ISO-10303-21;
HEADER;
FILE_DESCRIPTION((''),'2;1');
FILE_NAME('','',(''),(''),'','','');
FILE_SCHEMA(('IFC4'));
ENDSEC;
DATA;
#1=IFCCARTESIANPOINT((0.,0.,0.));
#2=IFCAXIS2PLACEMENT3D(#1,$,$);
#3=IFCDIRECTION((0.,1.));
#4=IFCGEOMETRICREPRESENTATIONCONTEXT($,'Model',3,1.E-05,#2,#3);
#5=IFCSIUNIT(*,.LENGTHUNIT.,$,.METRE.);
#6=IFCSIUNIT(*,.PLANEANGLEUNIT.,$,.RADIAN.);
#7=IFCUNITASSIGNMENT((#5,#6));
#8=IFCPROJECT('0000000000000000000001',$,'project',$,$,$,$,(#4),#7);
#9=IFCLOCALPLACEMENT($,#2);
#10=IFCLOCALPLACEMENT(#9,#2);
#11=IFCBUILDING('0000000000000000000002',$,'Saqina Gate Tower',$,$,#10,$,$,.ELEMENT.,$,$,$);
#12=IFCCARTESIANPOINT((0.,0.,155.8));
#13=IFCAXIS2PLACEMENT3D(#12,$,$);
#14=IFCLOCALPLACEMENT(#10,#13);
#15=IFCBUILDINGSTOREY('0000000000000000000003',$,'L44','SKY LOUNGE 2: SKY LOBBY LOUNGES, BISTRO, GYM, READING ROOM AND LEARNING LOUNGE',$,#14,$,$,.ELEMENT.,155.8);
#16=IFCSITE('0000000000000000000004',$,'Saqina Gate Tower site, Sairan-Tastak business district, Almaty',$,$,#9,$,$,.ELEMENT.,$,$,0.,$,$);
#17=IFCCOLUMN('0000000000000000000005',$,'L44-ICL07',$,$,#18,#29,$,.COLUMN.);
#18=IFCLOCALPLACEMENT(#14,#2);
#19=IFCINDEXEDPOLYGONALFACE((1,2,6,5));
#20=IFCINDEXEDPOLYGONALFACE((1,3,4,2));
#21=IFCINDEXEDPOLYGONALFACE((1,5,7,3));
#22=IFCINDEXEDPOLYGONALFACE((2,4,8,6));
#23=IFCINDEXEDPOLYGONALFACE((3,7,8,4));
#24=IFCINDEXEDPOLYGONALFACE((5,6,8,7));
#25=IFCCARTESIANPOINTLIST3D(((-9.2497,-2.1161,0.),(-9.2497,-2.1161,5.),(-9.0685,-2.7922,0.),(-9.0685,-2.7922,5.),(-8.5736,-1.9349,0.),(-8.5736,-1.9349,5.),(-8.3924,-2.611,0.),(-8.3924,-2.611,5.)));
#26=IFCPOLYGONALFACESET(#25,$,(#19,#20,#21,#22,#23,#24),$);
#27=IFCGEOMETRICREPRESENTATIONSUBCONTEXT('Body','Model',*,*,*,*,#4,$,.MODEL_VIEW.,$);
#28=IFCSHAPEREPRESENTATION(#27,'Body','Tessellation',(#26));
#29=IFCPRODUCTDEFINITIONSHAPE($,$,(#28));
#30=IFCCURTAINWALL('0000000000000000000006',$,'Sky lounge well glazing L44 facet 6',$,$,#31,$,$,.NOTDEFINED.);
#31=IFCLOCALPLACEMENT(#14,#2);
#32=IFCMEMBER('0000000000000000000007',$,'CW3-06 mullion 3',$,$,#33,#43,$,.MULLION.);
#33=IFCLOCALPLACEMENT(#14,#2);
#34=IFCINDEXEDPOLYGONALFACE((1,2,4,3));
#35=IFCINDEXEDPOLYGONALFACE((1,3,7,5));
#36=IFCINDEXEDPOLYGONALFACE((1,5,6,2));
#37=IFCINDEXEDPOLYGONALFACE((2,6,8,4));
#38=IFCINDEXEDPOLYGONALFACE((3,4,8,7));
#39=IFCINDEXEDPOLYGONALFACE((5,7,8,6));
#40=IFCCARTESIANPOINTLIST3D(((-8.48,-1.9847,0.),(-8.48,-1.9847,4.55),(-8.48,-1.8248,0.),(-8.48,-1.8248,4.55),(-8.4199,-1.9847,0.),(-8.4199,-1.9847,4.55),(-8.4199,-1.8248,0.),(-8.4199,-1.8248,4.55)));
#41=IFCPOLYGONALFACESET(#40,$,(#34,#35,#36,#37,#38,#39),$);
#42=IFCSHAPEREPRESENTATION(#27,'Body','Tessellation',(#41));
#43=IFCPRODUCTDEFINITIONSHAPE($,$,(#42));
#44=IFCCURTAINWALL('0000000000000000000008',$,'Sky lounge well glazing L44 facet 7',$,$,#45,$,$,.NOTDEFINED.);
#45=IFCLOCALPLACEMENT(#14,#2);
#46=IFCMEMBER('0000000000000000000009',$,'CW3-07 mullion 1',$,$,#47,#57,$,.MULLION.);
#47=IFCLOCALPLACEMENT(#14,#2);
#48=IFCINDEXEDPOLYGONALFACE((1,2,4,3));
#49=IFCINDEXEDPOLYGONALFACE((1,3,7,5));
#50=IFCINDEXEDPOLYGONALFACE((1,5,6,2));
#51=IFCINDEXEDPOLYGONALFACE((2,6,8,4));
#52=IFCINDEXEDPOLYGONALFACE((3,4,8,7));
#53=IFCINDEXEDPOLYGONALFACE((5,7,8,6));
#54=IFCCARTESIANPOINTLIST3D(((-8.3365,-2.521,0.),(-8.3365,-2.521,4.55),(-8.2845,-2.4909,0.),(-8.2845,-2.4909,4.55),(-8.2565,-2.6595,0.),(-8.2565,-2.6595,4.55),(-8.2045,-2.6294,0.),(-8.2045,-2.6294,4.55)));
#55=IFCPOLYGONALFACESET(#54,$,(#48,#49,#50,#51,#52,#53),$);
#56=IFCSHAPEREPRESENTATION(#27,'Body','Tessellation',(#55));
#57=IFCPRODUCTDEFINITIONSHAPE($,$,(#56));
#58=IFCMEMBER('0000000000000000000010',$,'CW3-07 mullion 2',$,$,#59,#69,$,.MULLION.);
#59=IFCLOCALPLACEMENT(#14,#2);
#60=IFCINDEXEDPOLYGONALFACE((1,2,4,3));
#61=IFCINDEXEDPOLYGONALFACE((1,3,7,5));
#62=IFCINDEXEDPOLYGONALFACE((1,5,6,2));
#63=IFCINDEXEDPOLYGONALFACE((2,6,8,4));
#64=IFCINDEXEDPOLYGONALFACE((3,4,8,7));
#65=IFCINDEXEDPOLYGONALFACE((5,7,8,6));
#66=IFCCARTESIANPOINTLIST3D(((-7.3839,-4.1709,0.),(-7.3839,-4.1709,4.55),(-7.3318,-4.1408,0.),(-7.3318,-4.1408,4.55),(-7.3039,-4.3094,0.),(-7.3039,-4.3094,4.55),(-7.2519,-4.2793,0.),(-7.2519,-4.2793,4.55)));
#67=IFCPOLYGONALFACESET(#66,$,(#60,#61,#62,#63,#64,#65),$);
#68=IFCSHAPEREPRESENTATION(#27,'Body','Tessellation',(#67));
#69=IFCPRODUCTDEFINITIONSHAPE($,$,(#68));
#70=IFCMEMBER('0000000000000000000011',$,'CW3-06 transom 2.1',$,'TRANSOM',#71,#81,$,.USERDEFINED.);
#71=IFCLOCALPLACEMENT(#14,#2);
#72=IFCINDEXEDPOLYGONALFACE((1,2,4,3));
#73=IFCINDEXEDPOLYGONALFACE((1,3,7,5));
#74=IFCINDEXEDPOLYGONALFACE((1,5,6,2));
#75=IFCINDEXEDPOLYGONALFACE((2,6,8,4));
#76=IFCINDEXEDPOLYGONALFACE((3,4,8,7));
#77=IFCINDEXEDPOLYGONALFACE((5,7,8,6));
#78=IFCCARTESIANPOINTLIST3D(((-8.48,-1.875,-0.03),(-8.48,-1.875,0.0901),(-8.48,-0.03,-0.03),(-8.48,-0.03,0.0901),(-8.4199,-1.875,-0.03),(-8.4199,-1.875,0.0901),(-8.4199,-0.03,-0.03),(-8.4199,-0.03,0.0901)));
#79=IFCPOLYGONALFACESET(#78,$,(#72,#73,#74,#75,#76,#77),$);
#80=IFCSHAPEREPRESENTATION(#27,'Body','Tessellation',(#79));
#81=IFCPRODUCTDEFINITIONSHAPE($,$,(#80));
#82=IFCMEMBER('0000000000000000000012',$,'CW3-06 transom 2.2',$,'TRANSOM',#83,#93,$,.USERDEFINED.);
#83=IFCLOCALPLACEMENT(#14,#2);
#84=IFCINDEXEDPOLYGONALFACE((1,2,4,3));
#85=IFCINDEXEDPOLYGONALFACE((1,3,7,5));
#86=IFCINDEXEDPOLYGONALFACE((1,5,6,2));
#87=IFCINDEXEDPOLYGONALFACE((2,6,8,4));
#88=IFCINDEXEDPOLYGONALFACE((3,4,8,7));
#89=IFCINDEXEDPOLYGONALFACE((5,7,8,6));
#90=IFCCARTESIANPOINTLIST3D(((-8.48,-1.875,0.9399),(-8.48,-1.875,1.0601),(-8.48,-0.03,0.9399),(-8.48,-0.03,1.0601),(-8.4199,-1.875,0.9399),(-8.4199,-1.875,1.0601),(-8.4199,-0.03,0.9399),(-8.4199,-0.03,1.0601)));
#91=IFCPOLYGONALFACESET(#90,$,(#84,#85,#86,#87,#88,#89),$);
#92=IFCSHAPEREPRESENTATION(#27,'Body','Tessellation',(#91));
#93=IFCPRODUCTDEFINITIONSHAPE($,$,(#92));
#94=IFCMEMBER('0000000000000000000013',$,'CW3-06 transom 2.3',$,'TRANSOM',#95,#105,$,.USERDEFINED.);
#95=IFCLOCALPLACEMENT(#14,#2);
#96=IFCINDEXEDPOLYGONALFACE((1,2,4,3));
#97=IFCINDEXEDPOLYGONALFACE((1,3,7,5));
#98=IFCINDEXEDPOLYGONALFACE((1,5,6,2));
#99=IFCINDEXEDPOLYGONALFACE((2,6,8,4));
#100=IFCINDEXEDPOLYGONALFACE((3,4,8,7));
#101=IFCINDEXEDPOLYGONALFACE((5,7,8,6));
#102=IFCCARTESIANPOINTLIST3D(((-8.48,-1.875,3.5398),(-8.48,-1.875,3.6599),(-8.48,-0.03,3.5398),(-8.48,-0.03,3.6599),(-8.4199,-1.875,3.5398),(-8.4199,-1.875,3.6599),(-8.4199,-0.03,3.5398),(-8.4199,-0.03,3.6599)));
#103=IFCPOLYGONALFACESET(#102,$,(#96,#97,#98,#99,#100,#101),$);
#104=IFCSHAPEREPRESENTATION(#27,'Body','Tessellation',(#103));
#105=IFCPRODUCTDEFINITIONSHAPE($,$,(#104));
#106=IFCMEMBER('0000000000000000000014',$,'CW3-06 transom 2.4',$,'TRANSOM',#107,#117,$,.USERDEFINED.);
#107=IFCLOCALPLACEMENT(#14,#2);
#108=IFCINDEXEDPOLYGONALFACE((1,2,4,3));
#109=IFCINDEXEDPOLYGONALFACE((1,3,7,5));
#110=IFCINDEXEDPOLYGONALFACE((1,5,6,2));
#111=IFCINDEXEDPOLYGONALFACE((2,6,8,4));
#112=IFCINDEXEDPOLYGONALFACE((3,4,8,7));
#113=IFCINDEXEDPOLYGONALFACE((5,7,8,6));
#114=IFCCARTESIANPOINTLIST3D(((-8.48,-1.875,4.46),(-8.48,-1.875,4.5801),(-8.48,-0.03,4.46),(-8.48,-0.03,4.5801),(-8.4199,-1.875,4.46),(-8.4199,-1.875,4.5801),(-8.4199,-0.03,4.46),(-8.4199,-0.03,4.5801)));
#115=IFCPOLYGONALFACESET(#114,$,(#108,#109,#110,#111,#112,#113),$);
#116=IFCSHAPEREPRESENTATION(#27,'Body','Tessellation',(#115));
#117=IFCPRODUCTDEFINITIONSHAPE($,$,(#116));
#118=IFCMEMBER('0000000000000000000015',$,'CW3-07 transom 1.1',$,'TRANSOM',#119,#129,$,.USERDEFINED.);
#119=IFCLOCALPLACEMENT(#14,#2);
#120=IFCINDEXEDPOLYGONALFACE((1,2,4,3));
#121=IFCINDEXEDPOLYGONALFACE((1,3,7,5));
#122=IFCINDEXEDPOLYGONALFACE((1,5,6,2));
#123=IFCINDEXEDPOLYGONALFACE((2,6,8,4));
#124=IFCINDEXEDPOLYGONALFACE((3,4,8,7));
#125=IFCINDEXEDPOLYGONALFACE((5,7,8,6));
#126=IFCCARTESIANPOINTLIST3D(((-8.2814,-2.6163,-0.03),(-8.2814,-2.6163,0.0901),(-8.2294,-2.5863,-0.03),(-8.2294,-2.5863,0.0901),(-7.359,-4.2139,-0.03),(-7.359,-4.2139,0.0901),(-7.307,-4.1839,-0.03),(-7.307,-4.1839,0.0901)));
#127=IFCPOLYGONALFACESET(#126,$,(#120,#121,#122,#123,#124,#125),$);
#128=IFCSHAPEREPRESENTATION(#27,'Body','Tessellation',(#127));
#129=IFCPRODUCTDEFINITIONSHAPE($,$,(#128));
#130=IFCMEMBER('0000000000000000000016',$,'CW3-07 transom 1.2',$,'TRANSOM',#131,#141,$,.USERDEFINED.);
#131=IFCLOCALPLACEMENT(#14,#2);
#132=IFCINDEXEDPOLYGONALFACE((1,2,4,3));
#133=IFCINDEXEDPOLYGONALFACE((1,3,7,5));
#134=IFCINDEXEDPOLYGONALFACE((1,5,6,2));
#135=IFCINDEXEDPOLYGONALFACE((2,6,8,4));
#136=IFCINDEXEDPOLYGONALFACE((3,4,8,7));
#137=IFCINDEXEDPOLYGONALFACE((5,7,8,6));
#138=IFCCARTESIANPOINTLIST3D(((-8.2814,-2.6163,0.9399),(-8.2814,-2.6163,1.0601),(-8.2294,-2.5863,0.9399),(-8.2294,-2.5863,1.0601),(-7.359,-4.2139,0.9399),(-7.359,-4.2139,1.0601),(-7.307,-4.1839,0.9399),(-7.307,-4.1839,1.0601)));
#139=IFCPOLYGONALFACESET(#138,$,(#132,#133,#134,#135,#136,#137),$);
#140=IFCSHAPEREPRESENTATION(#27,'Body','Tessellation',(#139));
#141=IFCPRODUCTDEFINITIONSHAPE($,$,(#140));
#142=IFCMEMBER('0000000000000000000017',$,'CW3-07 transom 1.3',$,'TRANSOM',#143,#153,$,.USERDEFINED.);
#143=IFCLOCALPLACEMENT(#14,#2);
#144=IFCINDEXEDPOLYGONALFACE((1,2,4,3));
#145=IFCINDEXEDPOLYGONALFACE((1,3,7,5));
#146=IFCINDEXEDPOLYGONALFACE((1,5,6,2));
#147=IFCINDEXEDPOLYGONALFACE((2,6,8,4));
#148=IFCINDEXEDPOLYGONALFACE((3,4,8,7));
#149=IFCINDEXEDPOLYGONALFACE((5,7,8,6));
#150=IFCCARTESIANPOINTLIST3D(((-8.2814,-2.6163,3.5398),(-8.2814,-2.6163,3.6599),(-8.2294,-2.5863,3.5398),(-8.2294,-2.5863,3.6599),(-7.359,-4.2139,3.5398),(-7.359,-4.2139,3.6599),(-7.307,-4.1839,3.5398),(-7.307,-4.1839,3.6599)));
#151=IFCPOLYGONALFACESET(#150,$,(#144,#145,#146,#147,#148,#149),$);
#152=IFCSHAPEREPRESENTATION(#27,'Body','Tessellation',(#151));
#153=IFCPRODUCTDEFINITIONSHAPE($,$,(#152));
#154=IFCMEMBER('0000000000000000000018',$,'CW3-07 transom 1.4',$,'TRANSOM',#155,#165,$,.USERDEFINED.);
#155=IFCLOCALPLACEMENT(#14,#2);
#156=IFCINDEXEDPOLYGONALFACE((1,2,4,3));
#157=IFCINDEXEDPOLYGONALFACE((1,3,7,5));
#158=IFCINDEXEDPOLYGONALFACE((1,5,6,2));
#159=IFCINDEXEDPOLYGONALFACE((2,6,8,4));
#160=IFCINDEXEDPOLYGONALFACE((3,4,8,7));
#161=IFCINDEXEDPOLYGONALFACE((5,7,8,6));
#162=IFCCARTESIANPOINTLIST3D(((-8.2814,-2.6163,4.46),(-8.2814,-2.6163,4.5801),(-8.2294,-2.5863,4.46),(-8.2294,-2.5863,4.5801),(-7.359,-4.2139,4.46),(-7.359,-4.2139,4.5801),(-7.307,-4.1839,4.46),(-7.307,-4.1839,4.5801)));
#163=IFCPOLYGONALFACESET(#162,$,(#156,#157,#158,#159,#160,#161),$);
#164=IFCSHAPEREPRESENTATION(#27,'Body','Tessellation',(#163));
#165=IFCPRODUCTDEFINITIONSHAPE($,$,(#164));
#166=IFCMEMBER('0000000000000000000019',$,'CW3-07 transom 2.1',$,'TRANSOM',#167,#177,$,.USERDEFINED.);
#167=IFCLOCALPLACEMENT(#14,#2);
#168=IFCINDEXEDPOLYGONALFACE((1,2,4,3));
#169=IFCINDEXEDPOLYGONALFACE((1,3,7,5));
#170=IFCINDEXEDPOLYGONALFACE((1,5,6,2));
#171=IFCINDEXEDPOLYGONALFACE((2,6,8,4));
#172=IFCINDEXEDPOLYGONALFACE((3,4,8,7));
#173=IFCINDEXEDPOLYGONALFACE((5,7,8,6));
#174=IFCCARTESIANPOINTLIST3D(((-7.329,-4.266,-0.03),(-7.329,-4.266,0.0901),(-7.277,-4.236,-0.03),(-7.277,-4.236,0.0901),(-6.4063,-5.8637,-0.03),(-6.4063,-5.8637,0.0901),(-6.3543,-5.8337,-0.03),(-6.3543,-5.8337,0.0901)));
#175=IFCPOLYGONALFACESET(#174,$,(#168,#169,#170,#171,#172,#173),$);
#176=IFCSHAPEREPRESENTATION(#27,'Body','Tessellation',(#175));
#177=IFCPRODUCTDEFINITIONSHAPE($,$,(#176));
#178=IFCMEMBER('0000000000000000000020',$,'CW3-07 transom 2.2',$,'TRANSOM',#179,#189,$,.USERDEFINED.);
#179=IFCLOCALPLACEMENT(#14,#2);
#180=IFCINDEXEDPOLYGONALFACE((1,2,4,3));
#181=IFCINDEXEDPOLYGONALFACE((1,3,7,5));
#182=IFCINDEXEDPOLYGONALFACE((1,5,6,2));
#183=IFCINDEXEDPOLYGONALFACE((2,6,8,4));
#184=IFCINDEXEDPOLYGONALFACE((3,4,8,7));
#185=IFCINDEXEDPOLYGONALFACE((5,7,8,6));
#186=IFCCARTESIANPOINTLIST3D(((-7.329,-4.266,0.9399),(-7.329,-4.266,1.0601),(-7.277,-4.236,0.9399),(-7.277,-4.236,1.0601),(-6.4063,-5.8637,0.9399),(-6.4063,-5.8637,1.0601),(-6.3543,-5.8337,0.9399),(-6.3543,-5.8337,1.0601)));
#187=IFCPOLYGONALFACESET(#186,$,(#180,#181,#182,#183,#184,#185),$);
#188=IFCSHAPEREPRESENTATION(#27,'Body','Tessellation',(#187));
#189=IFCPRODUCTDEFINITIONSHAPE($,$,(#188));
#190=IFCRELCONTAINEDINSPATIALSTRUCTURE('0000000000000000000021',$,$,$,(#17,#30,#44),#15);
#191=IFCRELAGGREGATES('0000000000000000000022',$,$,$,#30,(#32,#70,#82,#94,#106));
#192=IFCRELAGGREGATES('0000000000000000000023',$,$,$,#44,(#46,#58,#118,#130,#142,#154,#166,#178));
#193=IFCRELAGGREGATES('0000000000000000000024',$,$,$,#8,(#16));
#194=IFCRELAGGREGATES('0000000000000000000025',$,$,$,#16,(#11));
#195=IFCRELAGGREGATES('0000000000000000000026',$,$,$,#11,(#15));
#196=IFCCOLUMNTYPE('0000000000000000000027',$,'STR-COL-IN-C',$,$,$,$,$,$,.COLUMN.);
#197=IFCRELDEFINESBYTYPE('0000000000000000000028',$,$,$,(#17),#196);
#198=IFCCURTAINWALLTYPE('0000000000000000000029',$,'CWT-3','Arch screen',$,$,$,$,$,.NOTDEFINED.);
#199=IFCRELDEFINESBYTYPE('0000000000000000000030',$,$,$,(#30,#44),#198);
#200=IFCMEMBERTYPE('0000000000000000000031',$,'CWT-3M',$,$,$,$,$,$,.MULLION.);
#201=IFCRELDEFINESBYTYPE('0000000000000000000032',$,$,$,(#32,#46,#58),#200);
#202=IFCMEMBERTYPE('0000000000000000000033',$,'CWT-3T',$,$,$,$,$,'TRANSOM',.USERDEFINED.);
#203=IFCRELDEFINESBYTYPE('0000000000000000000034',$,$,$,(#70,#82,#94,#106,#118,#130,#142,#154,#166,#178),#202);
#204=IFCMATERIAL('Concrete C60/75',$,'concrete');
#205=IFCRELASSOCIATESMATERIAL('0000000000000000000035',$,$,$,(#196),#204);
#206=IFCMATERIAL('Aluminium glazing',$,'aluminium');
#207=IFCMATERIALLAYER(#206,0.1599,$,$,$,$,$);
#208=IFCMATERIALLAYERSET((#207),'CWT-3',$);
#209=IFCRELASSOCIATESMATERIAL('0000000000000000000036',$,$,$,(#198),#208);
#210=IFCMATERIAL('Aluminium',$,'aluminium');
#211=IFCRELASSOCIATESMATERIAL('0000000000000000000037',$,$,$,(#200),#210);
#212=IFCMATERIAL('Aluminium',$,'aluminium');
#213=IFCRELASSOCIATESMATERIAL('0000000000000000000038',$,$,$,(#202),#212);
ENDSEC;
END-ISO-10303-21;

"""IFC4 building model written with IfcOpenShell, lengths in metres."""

from ifc_helpers import new_model, si_unit, direction, frame, origin, origin_2d, place, context, subcontext, project, spatial, rectangle, extrude, material, layer, layer_set, material_profile, profile_set, type_object, element, aggregate, save


model = new_model("IFC4")

# Units and contexts
model_context = context("Model", 3, precision=1e-05, world=origin(), true_north=direction((0.0, 1.0)))
body_context = subcontext(model_context, "Body", "Model", "MODEL_VIEW")
ifc_project = project(units=[si_unit("LENGTHUNIT", "METRE"), si_unit("PLANEANGLEUNIT", "RADIAN")], contexts=[model_context])

# Site, building, storey
site_placement = place(None, origin())
site = spatial("IfcSite", under=ifc_project, at=site_placement, Name="Saqina Gate Tower site, Sairan-Tastak business district, Almaty", CompositionType="ELEMENT", RefElevation=0.0)
building_placement = place(site_placement, origin())
building = spatial("IfcBuilding", under=site, at=building_placement, Name="Saqina Gate Tower", CompositionType="ELEMENT")
storey_placement = place(building_placement, frame((0.0, 0.0, 155.8)))
storey = spatial("IfcBuildingStorey", under=building, at=storey_placement, Name="L44", Description="SKY LOUNGE 2: SKY LOBBY LOUNGES, BISTRO, GYM, READING ROOM AND LEARNING LOUNGE", CompositionType="ELEMENT", Elevation=155.8)

# Column
ifc_material_1 = material(Name="Concrete C60/75", Category="concrete")
ifc_material_profile_1 = material_profile(ifc_material_1, rectangle(XDim=0.7, YDim=0.7, at=origin_2d()), Name="RC 700x700")
ifc_profile_set_1 = profile_set([ifc_material_profile_1], Name="Concrete C60/75")
column_type = type_object("IfcColumnType", Name="STR-COL-IN-C", PredefinedType="COLUMN", material=ifc_profile_set_1)
column_placement = place(storey_placement, frame((-8.821, -2.3635, 0.0), z_axis=(0.0, 0.0, 1.0), x_axis=(-0.965926, -0.258819, 0.0)))
element("IfcColumn", 1, at=column_placement, inside=storey, type_object=column_type, Name="L44-ICL07", PredefinedType="COLUMN", context=body_context, shape_type="SweptSolid", body=[
    extrude(rectangle(XDim=0.7, YDim=0.7, at=origin_2d()), origin(), (0.0, 0.0, 1.0), 5.0),
])

# Curtain wall, member
ifc_material_2 = material(Name="Aluminium glazing", Category="aluminium")
ifc_layer_1 = layer(ifc_material_2, 0.1599)
ifc_layer_set_1 = layer_set([ifc_layer_1], Name="CWT-3")
curtain_wall_type = type_object("IfcCurtainWallType", Name="CWT-3", Description="Arch screen", PredefinedType="NOTDEFINED", material=ifc_layer_set_1)
curtain_wall_1_placement = place(storey_placement, origin())
curtain_wall_1 = element("IfcCurtainWall", 2, at=curtain_wall_1_placement, inside=storey, type_object=curtain_wall_type, Name="Sky lounge well glazing L44 facet 6", PredefinedType="NOTDEFINED")
ifc_material_3 = material(Name="Aluminium", Category="aluminium")
ifc_material_profile_2 = material_profile(ifc_material_3, rectangle(XDim=0.0601, YDim=0.1599, at=origin_2d()), Name="Aluminium 60x160")
ifc_profile_set_2 = profile_set([ifc_material_profile_2], Name="Aluminium")
member_type_1 = type_object("IfcMemberType", Name="CWT-3M", PredefinedType="MULLION", material=ifc_profile_set_2)
member_1_placement = place(storey_placement, frame((-8.45, -1.9048, 0.0), z_axis=(0.0, 0.0, 1.0), x_axis=(1.0, 0.0, 0.0)))
member_1 = element("IfcMember", 3, at=member_1_placement, type_object=member_type_1, Name="CW3-06 mullion 3", PredefinedType="MULLION", context=body_context, shape_type="SweptSolid", body=[
    extrude(rectangle(XDim=0.0601, YDim=0.1599, at=origin_2d()), origin(), (0.0, 0.0, 1.0), 4.55),
])

# Curtain wall, members
curtain_wall_2_placement = place(storey_placement, origin())
curtain_wall_2 = element("IfcCurtainWall", 4, at=curtain_wall_2_placement, inside=storey, type_object=curtain_wall_type, Name="Sky lounge well glazing L44 facet 7", PredefinedType="NOTDEFINED")
member_2_placement = place(storey_placement, frame((-8.2705, -2.5752, 0.0), z_axis=(0.0, 0.0, 1.0), x_axis=(0.866018, 0.500013, 0.0)))
member_2 = element("IfcMember", 5, at=member_2_placement, type_object=member_type_1, Name="CW3-07 mullion 1", PredefinedType="MULLION", context=body_context, shape_type="SweptSolid", body=[
    extrude(rectangle(XDim=0.0601, YDim=0.1599, at=origin_2d()), origin(), (0.0, 0.0, 1.0), 4.55),
])
member_3_placement = place(storey_placement, frame((-7.3179, -4.2251, 0.0), z_axis=(0.0, 0.0, 1.0), x_axis=(0.866018, 0.500013, 0.0)))
member_3 = element("IfcMember", 6, at=member_3_placement, type_object=member_type_1, Name="CW3-07 mullion 2", PredefinedType="MULLION", context=body_context, shape_type="SweptSolid", body=[
    extrude(rectangle(XDim=0.0601, YDim=0.1599, at=origin_2d()), origin(), (0.0, 0.0, 1.0), 4.55),
])

# Members
ifc_material_4 = material(Name="Aluminium", Category="aluminium")
ifc_material_profile_3 = material_profile(ifc_material_4, rectangle(XDim=0.0601, YDim=0.1201, at=origin_2d()), Name="Aluminium 60x120")
ifc_profile_set_3 = profile_set([ifc_material_profile_3], Name="Aluminium")
member_type_2 = type_object("IfcMemberType", Name="CWT-3T", ElementType="TRANSOM", PredefinedType="USERDEFINED", material=ifc_profile_set_3)
member_4_placement = place(storey_placement, frame((-8.45, -0.03, 0.03), z_axis=(0.0, -1.0, 0.0), x_axis=(1.0, 0.0, 0.0)))
member_4 = element("IfcMember", 7, at=member_4_placement, type_object=member_type_2, Name="CW3-06 transom 2.1", ObjectType="TRANSOM", PredefinedType="USERDEFINED", context=body_context, shape_type="SweptSolid", body=[
    extrude(rectangle(XDim=0.0601, YDim=0.1201, at=origin_2d()), origin(), (0.0, 0.0, 1.0), 1.845),
])
member_5_placement = place(storey_placement, frame((-8.45, -0.03, 1.0), z_axis=(0.0, -1.0, 0.0), x_axis=(1.0, 0.0, 0.0)))
member_5 = element("IfcMember", 8, at=member_5_placement, type_object=member_type_2, Name="CW3-06 transom 2.2", ObjectType="TRANSOM", PredefinedType="USERDEFINED", context=body_context, shape_type="SweptSolid", body=[
    extrude(rectangle(XDim=0.0601, YDim=0.1201, at=origin_2d()), origin(), (0.0, 0.0, 1.0), 1.845),
])
member_6_placement = place(storey_placement, frame((-8.45, -0.03, 3.5999), z_axis=(0.0, -1.0, 0.0), x_axis=(1.0, 0.0, 0.0)))
member_6 = element("IfcMember", 9, at=member_6_placement, type_object=member_type_2, Name="CW3-06 transom 2.3", ObjectType="TRANSOM", PredefinedType="USERDEFINED", context=body_context, shape_type="SweptSolid", body=[
    extrude(rectangle(XDim=0.0601, YDim=0.1201, at=origin_2d()), origin(), (0.0, 0.0, 1.0), 1.845),
])
member_7_placement = place(storey_placement, frame((-8.45, -0.03, 4.52), z_axis=(0.0, -1.0, 0.0), x_axis=(1.0, 0.0, 0.0)))
member_7 = element("IfcMember", 10, at=member_7_placement, type_object=member_type_2, Name="CW3-06 transom 2.4", ObjectType="TRANSOM", PredefinedType="USERDEFINED", context=body_context, shape_type="SweptSolid", body=[
    extrude(rectangle(XDim=0.0601, YDim=0.1201, at=origin_2d()), origin(), (0.0, 0.0, 1.0), 1.845),
])
member_8_placement = place(storey_placement, frame((-8.2554, -2.6013, 0.03), z_axis=(0.499982, -0.866036, 0.0), x_axis=(0.866036, 0.499982, 0.0)))
member_8 = element("IfcMember", 11, at=member_8_placement, type_object=member_type_2, Name="CW3-07 transom 1.1", ObjectType="TRANSOM", PredefinedType="USERDEFINED", context=body_context, shape_type="SweptSolid", body=[
    extrude(rectangle(XDim=0.0601, YDim=0.1201, at=origin_2d()), origin(), (0.0, 0.0, 1.0), 1.8447),
])
member_9_placement = place(storey_placement, frame((-8.2554, -2.6013, 1.0), z_axis=(0.499982, -0.866036, 0.0), x_axis=(0.866036, 0.499982, 0.0)))
member_9 = element("IfcMember", 12, at=member_9_placement, type_object=member_type_2, Name="CW3-07 transom 1.2", ObjectType="TRANSOM", PredefinedType="USERDEFINED", context=body_context, shape_type="SweptSolid", body=[
    extrude(rectangle(XDim=0.0601, YDim=0.1201, at=origin_2d()), origin(), (0.0, 0.0, 1.0), 1.8447),
])
member_10_placement = place(storey_placement, frame((-8.2554, -2.6013, 3.5999), z_axis=(0.499982, -0.866036, 0.0), x_axis=(0.866036, 0.499982, 0.0)))
member_10 = element("IfcMember", 13, at=member_10_placement, type_object=member_type_2, Name="CW3-07 transom 1.3", ObjectType="TRANSOM", PredefinedType="USERDEFINED", context=body_context, shape_type="SweptSolid", body=[
    extrude(rectangle(XDim=0.0601, YDim=0.1201, at=origin_2d()), origin(), (0.0, 0.0, 1.0), 1.8447),
])
member_11_placement = place(storey_placement, frame((-8.2554, -2.6013, 4.52), z_axis=(0.499982, -0.866036, 0.0), x_axis=(0.866036, 0.499982, 0.0)))
member_11 = element("IfcMember", 14, at=member_11_placement, type_object=member_type_2, Name="CW3-07 transom 1.4", ObjectType="TRANSOM", PredefinedType="USERDEFINED", context=body_context, shape_type="SweptSolid", body=[
    extrude(rectangle(XDim=0.0601, YDim=0.1201, at=origin_2d()), origin(), (0.0, 0.0, 1.0), 1.8447),
])
member_12_placement = place(storey_placement, frame((-7.303, -4.251, 0.03), z_axis=(0.500081, -0.865978, 0.0), x_axis=(0.865978, 0.500081, 0.0)))
member_12 = element("IfcMember", 15, at=member_12_placement, type_object=member_type_2, Name="CW3-07 transom 2.1", ObjectType="TRANSOM", PredefinedType="USERDEFINED", context=body_context, shape_type="SweptSolid", body=[
    extrude(rectangle(XDim=0.0601, YDim=0.1201, at=origin_2d()), origin(), (0.0, 0.0, 1.0), 1.845),
])
member_13_placement = place(storey_placement, frame((-7.303, -4.251, 1.0), z_axis=(0.500081, -0.865978, 0.0), x_axis=(0.865978, 0.500081, 0.0)))
member_13 = element("IfcMember", 16, at=member_13_placement, type_object=member_type_2, Name="CW3-07 transom 2.2", ObjectType="TRANSOM", PredefinedType="USERDEFINED", context=body_context, shape_type="SweptSolid", body=[
    extrude(rectangle(XDim=0.0601, YDim=0.1201, at=origin_2d()), origin(), (0.0, 0.0, 1.0), 1.845),
])

aggregate(curtain_wall_1, [member_1, member_4, member_5, member_6, member_7])
aggregate(curtain_wall_2, [member_2, member_3, member_8, member_9, member_10, member_11, member_12, member_13])

save(model, "model.ifc")
